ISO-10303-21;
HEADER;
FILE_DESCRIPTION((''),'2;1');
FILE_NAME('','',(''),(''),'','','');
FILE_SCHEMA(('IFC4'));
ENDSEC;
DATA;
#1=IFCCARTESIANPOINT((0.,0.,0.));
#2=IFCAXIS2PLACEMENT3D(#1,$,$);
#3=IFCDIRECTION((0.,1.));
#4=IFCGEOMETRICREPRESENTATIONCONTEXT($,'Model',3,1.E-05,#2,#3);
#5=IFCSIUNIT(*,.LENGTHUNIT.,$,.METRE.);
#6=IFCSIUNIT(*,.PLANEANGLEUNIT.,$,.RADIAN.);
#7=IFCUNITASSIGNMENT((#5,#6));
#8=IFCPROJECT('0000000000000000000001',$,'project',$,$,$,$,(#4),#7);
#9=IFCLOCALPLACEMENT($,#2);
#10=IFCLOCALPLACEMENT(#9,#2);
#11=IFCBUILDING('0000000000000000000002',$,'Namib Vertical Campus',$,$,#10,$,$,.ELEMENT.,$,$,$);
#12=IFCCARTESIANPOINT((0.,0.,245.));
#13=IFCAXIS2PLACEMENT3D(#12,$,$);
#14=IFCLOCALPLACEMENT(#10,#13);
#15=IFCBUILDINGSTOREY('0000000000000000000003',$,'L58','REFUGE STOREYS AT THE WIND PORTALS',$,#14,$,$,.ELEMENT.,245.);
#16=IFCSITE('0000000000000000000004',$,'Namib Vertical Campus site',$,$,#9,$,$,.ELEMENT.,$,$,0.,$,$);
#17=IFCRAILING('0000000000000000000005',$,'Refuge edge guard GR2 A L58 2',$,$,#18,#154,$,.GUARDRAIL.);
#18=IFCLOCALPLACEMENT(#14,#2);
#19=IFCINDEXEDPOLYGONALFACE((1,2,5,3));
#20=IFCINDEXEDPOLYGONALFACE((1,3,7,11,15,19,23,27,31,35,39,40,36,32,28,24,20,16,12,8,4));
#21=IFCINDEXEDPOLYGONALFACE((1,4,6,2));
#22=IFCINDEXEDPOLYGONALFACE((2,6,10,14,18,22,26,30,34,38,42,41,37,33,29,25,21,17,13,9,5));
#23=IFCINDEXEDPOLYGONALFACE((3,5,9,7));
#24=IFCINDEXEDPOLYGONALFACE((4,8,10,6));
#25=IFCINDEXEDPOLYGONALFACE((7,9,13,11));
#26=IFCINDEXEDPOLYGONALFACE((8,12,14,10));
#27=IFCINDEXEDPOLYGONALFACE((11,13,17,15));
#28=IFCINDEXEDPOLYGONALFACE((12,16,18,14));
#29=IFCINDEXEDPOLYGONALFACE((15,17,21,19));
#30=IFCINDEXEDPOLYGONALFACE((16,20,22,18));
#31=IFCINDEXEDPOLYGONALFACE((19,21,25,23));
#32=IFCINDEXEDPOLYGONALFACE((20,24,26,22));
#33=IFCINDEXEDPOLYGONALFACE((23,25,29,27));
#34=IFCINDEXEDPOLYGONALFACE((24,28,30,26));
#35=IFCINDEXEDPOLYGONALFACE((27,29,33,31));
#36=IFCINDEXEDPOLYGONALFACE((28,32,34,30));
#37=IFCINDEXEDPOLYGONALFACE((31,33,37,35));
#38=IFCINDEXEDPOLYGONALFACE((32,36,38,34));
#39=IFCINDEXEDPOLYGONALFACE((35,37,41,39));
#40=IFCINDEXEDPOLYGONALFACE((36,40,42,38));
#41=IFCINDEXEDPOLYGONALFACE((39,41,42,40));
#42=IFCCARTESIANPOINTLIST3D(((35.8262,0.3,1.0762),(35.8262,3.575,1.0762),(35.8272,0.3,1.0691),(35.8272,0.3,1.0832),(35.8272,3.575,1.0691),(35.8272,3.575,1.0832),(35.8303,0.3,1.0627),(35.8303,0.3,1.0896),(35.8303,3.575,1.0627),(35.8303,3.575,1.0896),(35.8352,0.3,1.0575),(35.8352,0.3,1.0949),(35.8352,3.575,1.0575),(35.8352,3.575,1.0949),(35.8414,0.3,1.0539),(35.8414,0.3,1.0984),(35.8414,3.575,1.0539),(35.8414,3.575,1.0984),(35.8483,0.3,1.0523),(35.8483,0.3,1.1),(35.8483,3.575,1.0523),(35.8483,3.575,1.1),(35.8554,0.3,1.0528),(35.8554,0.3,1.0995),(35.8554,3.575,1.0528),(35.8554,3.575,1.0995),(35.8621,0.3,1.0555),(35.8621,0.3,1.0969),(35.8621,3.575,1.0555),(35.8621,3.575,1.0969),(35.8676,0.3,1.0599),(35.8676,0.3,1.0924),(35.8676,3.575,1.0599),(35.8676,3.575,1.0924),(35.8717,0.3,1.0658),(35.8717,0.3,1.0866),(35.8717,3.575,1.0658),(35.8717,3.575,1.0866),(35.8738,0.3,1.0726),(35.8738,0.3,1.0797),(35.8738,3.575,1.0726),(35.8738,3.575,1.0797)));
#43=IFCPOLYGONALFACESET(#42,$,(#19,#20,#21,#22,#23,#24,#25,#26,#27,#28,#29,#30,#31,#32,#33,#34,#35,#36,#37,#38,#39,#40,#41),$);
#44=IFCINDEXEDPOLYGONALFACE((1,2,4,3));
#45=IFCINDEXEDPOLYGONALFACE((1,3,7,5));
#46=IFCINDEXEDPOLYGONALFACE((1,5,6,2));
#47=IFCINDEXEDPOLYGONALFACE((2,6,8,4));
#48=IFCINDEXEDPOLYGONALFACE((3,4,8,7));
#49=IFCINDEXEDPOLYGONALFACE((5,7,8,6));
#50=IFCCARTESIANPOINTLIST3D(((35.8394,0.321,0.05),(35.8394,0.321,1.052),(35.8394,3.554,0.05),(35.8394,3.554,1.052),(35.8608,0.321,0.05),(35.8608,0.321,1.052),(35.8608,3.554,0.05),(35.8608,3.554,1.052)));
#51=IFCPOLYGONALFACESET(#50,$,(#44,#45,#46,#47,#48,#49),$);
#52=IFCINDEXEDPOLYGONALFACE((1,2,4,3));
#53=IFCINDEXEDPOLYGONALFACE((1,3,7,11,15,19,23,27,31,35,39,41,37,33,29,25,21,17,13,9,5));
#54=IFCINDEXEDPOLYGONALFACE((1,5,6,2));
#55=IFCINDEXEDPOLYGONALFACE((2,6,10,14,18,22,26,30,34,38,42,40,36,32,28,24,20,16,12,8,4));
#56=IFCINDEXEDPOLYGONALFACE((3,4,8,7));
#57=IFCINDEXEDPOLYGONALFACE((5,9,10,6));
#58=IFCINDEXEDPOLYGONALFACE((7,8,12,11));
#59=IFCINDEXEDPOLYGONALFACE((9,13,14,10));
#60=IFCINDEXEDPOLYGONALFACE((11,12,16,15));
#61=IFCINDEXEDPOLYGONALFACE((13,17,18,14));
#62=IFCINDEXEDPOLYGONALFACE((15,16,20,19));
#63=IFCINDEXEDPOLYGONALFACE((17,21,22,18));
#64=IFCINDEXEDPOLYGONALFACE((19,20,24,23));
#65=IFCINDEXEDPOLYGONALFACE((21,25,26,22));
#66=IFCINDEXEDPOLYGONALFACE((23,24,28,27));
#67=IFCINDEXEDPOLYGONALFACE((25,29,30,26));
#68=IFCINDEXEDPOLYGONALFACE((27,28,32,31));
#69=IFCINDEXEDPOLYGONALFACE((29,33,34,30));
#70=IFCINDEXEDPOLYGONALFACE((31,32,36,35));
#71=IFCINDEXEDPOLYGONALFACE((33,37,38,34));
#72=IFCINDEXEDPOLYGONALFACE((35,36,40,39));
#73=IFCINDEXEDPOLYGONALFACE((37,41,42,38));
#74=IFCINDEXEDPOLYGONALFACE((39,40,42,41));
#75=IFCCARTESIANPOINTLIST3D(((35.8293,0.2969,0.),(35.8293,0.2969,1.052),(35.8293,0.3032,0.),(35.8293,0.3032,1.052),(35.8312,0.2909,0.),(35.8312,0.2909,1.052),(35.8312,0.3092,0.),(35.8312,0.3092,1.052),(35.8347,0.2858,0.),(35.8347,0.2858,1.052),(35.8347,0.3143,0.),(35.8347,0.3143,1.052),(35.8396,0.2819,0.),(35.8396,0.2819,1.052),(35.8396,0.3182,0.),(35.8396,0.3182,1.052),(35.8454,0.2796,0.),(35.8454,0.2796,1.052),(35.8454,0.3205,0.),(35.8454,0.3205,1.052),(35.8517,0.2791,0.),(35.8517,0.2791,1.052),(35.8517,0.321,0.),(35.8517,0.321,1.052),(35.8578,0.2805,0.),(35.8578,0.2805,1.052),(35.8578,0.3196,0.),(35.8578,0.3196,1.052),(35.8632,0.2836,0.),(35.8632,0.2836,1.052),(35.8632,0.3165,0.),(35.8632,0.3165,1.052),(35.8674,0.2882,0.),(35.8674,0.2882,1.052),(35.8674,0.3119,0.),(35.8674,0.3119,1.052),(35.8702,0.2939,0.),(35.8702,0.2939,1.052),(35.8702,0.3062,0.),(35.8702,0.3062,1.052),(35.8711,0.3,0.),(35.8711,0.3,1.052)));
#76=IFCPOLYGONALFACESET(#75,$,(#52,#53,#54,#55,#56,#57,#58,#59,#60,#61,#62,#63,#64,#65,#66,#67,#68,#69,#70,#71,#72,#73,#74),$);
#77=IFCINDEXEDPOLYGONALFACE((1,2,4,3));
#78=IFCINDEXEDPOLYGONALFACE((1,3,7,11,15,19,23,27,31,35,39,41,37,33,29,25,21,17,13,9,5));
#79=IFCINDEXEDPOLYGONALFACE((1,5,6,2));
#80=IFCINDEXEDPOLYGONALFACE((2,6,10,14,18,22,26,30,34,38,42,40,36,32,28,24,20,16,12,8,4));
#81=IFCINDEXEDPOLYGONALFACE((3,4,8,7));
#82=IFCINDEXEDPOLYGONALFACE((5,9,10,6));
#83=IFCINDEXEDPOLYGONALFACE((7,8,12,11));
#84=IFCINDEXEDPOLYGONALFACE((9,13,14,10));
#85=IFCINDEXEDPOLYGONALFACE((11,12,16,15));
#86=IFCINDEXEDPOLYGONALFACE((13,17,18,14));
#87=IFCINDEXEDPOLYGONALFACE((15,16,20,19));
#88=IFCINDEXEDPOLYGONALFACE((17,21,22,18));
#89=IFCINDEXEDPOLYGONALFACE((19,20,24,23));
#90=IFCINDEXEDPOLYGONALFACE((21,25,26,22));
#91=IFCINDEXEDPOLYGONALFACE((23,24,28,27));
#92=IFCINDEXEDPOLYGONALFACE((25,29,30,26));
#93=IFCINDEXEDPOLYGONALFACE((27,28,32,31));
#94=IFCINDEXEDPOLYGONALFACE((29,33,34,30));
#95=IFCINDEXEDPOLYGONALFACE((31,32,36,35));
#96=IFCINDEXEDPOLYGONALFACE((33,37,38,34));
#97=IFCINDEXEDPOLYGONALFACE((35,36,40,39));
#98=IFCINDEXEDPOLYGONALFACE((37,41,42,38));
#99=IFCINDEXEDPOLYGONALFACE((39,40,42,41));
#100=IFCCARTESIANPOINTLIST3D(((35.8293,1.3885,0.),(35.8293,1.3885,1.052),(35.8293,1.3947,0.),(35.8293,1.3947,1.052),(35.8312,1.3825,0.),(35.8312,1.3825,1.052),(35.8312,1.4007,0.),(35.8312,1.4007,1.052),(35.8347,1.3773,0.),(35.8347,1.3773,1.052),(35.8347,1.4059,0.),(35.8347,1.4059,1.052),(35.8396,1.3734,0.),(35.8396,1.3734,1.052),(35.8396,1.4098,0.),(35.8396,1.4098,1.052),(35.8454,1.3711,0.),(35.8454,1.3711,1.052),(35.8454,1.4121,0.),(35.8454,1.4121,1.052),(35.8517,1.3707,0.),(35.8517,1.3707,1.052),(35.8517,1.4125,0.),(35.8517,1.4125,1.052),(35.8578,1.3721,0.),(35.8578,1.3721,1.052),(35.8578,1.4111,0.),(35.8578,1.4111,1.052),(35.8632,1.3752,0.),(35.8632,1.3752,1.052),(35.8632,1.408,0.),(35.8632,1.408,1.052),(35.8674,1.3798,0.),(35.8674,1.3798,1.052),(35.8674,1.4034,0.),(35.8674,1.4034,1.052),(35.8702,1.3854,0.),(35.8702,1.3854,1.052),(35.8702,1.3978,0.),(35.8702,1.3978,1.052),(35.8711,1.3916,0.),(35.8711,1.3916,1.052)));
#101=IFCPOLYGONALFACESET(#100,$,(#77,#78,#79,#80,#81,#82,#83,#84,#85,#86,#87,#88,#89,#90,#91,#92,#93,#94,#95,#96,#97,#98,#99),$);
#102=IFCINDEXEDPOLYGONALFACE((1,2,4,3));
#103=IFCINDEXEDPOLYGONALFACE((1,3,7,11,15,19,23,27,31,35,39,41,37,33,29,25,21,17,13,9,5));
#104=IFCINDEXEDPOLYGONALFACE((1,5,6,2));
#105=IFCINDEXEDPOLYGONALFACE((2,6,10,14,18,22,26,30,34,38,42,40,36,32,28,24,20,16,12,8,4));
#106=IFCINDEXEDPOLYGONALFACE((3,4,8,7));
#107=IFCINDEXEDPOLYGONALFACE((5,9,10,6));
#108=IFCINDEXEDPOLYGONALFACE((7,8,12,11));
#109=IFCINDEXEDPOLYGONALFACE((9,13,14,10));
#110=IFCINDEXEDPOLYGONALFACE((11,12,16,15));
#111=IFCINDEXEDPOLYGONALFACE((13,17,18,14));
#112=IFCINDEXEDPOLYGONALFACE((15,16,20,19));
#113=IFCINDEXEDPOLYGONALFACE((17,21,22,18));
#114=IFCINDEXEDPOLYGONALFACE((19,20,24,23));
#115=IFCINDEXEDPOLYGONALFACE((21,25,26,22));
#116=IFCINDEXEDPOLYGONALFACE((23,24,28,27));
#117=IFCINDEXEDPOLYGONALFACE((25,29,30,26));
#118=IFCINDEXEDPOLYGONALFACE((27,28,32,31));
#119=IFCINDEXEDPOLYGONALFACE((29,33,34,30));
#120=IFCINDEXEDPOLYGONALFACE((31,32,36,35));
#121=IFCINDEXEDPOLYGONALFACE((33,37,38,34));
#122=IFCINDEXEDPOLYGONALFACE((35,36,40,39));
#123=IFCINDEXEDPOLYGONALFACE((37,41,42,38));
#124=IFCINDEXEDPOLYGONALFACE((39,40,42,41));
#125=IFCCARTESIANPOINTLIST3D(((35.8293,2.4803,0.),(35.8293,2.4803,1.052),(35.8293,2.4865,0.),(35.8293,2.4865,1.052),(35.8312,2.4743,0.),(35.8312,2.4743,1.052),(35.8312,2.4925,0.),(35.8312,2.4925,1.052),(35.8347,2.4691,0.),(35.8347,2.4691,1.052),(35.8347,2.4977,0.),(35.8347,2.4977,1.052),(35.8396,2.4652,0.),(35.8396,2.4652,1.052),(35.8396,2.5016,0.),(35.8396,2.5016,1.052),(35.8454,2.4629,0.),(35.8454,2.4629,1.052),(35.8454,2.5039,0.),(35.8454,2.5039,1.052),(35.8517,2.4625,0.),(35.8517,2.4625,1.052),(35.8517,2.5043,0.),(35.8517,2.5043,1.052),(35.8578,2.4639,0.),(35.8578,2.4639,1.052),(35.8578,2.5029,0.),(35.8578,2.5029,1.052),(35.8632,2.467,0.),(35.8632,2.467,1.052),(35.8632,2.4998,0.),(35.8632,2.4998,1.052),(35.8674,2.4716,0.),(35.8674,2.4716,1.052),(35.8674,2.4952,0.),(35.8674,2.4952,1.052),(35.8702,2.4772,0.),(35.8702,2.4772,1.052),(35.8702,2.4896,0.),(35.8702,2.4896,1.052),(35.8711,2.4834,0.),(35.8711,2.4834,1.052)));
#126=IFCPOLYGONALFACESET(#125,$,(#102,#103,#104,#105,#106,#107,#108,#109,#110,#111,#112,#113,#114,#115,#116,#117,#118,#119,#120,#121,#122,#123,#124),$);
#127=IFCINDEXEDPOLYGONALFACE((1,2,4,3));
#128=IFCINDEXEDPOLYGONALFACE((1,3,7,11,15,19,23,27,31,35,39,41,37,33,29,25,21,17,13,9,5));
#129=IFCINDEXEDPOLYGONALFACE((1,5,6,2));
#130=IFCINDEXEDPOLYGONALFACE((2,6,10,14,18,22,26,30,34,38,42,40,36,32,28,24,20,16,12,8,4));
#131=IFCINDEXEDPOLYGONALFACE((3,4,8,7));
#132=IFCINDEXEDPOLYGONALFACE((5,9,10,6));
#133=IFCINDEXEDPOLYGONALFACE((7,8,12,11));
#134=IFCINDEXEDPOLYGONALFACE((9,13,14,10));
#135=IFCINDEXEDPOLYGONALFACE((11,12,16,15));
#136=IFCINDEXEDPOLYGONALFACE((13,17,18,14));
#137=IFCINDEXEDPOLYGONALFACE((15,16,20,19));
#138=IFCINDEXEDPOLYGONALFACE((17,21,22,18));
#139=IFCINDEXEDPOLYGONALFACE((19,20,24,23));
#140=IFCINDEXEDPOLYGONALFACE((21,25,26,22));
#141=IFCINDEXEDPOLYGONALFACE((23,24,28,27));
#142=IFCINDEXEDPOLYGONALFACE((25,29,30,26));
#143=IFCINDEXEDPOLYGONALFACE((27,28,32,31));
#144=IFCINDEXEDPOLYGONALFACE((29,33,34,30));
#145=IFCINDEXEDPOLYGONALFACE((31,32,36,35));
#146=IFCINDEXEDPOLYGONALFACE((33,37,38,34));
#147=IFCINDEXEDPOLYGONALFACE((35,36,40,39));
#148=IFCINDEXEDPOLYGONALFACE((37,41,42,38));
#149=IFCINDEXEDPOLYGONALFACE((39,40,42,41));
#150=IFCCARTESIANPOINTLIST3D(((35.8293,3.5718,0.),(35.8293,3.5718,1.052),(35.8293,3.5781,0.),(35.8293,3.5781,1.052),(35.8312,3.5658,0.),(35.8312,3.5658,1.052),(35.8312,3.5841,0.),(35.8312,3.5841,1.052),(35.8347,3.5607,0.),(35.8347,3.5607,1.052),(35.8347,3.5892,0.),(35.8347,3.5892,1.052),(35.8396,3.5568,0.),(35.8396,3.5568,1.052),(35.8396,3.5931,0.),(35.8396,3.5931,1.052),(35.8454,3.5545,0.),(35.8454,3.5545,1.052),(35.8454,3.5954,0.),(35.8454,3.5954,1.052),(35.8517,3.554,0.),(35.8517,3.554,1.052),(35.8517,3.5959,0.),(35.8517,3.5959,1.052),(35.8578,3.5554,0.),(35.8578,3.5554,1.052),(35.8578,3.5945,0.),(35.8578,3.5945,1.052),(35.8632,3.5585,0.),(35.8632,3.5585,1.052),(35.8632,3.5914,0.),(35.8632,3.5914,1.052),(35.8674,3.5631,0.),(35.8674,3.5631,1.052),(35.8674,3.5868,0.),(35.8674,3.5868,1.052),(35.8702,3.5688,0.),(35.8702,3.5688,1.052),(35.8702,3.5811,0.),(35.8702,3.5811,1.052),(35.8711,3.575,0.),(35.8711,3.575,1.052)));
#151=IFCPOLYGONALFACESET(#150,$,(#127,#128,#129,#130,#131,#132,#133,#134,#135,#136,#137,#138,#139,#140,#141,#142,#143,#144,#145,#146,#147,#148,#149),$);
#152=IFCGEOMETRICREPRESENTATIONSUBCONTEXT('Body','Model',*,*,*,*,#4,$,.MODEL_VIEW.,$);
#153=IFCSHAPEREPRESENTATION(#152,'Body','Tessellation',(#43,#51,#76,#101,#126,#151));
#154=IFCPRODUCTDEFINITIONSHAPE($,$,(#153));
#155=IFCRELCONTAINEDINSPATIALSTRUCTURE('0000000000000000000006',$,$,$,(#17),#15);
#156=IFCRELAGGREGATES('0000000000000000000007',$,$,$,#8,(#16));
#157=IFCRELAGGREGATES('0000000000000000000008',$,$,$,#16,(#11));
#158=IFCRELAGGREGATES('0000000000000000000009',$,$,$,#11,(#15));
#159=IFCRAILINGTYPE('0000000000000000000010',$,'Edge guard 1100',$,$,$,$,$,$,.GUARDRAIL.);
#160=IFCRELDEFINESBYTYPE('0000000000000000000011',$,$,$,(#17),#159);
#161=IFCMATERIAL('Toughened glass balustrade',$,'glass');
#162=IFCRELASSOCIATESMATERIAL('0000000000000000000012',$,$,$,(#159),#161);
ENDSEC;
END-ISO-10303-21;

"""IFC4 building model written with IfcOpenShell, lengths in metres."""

from ifc_helpers import new_model, si_unit, direction, frame, origin, origin_2d, place, context, subcontext, project, spatial, polyline, circle, outline, extrude, material, type_object, element, save


model = new_model("IFC4")

# Units and contexts
model_context = context("Model", 3, precision=1e-05, world=origin(), true_north=direction((0.0, 1.0)))
body_context = subcontext(model_context, "Body", "Model", "MODEL_VIEW")
ifc_project = project(units=[si_unit("LENGTHUNIT", "METRE"), si_unit("PLANEANGLEUNIT", "RADIAN")], contexts=[model_context])

# Site, building, storey
site_placement = place(None, origin())
site = spatial("IfcSite", under=ifc_project, at=site_placement, Name="Namib Vertical Campus site", CompositionType="ELEMENT", RefElevation=0.0)
building_placement = place(site_placement, origin())
building = spatial("IfcBuilding", under=site, at=building_placement, Name="Namib Vertical Campus", CompositionType="ELEMENT")
storey_placement = place(building_placement, frame((0.0, 0.0, 245.0)))
storey = spatial("IfcBuildingStorey", under=building, at=storey_placement, Name="L58", Description="REFUGE STOREYS AT THE WIND PORTALS", CompositionType="ELEMENT", Elevation=245.0)

# Railing
ifc_material_1 = material(Name="Toughened glass balustrade", Category="glass")
railing_type = type_object("IfcRailingType", Name="Edge guard 1100", PredefinedType="GUARDRAIL", material=ifc_material_1)
railing_placement = place(storey_placement, frame((35.8501, 0.3, 0.0)))
element("IfcRailing", 1, at=railing_placement, inside=storey, type_object=railing_type, Name="Refuge edge guard GR2 A L58 2", PredefinedType="GUARDRAIL", context=body_context, shape_type="SweptSolid", body=[
    extrude(circle(Radius=0.0239, at=origin_2d()), frame((0.0, 0.0, 1.0762), z_axis=(0.0, 1.0, 0.0), x_axis=(-1.0, 0.0, 0.0)), (0.0, 0.0, 1.0), 3.2749),
    extrude(outline(polyline([(0.021, 0.05), (3.2539, 0.05), (3.2539, 1.052), (0.021, 1.052), (0.021, 0.05)])), frame((-0.0107, 0.0, 0.0), z_axis=(1.0, 0.0, 0.0), x_axis=(0.0, 1.0, 0.0)), (0.0, 0.0, 1.0), 0.0215),
    extrude(circle(Radius=0.021, at=origin_2d()), origin(), (0.0, 0.0, 1.0), 1.052),
    extrude(circle(Radius=0.021, at=origin_2d()), frame((0.0, 1.0916, 0.0)), (0.0, 0.0, 1.0), 1.052),
    extrude(circle(Radius=0.021, at=origin_2d()), frame((0.0, 2.1833, 0.0)), (0.0, 0.0, 1.0), 1.052),
    extrude(circle(Radius=0.021, at=origin_2d()), frame((0.0, 3.2749, 0.0)), (0.0, 0.0, 1.0), 1.052),
])

save(model, "model.ifc")
